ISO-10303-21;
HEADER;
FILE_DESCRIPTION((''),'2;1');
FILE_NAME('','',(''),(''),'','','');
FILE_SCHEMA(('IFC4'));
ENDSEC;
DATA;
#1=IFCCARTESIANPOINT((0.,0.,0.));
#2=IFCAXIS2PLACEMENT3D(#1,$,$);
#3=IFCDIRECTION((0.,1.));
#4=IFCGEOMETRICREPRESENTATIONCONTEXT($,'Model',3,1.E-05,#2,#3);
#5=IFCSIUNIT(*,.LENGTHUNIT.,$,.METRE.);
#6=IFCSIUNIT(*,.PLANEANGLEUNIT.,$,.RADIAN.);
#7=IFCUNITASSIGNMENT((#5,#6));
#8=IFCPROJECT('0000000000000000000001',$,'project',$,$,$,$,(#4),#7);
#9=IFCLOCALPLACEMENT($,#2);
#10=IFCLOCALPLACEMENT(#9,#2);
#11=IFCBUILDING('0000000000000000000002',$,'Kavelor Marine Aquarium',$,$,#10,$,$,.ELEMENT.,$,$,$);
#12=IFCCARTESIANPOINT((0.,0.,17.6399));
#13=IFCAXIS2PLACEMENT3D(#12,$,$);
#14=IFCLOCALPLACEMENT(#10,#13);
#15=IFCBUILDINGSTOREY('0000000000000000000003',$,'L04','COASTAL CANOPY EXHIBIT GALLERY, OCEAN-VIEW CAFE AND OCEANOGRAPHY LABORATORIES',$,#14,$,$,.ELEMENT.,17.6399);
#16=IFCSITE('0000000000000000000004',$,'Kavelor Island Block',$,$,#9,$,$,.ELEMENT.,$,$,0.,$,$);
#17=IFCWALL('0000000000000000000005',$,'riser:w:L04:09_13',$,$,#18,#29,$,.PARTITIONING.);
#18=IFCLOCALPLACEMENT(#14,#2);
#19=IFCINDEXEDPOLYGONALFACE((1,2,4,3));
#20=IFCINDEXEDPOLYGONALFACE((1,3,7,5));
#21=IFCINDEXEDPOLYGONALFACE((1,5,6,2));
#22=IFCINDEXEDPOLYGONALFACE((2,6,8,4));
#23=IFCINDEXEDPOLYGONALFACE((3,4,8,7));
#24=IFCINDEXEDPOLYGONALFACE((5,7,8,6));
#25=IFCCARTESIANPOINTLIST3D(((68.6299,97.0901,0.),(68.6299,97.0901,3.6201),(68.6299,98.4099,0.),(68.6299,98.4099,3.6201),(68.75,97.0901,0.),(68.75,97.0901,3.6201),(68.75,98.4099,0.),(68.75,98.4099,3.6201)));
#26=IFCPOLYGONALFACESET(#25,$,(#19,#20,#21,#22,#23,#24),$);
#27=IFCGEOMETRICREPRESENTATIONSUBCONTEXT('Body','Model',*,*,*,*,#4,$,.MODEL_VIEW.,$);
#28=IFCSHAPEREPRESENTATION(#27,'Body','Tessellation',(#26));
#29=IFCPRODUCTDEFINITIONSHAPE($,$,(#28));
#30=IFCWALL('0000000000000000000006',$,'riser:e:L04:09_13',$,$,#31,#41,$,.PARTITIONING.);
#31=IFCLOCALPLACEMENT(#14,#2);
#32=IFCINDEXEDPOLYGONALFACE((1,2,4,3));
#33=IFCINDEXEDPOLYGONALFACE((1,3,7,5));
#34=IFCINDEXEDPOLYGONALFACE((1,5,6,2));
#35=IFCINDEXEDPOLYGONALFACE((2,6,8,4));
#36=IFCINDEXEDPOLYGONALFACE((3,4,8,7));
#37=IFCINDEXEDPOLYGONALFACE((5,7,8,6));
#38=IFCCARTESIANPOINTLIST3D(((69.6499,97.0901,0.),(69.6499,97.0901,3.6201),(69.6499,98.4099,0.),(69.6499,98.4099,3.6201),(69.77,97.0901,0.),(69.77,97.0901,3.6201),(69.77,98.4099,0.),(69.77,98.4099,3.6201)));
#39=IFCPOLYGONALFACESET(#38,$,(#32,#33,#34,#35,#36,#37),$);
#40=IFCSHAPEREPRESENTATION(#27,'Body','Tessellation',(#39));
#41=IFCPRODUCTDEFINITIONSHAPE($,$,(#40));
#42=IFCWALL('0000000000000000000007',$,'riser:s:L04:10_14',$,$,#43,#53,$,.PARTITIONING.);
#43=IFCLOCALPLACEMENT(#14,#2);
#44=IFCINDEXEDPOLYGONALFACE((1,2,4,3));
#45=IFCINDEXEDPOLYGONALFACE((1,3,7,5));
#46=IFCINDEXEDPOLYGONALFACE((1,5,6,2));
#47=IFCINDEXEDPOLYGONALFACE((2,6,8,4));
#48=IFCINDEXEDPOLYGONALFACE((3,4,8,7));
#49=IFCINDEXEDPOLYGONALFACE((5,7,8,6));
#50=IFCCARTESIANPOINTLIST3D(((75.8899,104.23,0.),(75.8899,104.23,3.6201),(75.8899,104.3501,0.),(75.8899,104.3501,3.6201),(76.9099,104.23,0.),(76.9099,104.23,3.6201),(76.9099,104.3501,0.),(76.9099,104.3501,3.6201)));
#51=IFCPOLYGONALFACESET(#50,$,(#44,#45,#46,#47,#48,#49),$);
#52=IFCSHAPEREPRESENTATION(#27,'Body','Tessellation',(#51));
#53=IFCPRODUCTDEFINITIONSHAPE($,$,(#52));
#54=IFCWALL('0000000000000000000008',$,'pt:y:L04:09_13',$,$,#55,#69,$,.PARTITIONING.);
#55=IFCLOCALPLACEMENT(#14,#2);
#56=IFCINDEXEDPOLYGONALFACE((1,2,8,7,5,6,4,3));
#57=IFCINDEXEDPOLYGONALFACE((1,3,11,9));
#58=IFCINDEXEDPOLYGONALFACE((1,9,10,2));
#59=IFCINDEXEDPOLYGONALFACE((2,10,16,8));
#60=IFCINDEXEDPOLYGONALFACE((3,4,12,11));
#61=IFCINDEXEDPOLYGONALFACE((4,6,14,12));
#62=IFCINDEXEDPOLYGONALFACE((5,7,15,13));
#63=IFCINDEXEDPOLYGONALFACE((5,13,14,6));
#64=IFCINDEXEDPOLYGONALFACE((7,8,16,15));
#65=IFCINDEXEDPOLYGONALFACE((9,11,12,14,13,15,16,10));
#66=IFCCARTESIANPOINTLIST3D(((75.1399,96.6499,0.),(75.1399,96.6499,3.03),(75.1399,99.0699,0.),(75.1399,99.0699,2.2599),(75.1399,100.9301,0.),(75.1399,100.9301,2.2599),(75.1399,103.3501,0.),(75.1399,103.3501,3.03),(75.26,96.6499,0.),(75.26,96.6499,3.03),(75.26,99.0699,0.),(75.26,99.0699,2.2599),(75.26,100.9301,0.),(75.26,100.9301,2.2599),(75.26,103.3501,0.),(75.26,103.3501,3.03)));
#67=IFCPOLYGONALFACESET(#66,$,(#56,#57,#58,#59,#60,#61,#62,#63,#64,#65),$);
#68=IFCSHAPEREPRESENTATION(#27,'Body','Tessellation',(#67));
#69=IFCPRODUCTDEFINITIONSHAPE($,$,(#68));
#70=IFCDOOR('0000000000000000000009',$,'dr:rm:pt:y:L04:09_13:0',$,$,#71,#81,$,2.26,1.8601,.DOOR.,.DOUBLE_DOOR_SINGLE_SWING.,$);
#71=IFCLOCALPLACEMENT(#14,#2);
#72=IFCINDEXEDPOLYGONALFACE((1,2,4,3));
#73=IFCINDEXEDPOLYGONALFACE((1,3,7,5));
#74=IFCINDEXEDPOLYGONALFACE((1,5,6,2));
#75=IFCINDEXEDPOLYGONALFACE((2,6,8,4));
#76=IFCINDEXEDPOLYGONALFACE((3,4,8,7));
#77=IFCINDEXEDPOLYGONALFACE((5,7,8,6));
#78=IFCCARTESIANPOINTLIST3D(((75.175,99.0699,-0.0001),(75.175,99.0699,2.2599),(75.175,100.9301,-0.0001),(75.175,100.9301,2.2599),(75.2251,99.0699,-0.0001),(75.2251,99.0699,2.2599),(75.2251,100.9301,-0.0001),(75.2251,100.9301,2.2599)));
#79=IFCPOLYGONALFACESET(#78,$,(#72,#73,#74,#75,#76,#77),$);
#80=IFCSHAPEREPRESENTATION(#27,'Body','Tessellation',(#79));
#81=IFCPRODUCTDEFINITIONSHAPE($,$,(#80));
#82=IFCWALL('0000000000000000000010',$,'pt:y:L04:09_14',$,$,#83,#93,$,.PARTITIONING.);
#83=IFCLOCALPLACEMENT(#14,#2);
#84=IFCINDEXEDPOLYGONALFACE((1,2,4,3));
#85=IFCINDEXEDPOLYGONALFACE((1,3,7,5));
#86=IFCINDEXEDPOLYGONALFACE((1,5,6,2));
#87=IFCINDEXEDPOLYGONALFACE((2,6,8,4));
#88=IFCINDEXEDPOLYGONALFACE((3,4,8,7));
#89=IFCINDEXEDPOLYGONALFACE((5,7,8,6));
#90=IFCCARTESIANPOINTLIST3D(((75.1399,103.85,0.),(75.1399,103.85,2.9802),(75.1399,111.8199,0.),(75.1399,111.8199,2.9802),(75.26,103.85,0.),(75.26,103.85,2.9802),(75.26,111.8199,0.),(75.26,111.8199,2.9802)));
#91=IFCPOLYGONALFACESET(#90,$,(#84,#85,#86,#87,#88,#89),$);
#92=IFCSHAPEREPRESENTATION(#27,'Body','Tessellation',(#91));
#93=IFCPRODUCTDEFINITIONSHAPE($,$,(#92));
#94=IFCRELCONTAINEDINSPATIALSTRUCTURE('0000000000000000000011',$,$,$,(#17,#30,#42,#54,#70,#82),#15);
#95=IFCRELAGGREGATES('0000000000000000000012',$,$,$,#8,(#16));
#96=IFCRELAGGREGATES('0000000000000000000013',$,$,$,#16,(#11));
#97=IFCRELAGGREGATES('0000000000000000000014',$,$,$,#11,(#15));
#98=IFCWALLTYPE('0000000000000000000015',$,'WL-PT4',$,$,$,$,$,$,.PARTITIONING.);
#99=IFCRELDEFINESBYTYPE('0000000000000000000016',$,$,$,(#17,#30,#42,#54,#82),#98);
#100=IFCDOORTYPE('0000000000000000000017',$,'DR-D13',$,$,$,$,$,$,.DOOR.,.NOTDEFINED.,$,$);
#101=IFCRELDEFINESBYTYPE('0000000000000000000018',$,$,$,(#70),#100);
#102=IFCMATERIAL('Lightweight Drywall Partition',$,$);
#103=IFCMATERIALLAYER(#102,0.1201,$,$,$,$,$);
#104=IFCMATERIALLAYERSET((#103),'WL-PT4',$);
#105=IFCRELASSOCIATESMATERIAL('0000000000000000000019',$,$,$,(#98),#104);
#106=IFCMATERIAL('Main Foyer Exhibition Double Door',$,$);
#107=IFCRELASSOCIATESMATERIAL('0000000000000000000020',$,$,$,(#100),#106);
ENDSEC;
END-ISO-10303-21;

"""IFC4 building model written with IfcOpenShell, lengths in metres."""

from ifc_helpers import new_model, si_unit, direction, frame, frame_2d, origin, place, context, subcontext, project, spatial, rectangle, extrude, material, layer, layer_set, type_object, element, fill, save


model = new_model("IFC4")

# Units and contexts
model_context = context("Model", 3, precision=1e-05, world=origin(), true_north=direction((0.0, 1.0)))
body_context = subcontext(model_context, "Body", "Model", "MODEL_VIEW")
ifc_project = project(units=[si_unit("LENGTHUNIT", "METRE"), si_unit("PLANEANGLEUNIT", "RADIAN")], contexts=[model_context])

# Site, building, storey
site_placement = place(None, origin())
site = spatial("IfcSite", under=ifc_project, at=site_placement, Name="Kavelor Island Block", CompositionType="ELEMENT", RefElevation=0.0)
building_placement = place(site_placement, origin())
building = spatial("IfcBuilding", under=site, at=building_placement, Name="Kavelor Marine Aquarium", CompositionType="ELEMENT")
storey_placement = place(building_placement, frame((0.0, 0.0, 17.6399)))
storey = spatial("IfcBuildingStorey", under=building, at=storey_placement, Name="L04", Description="COASTAL CANOPY EXHIBIT GALLERY, OCEAN-VIEW CAFE AND OCEANOGRAPHY LABORATORIES", CompositionType="ELEMENT", Elevation=17.6399)

# Walls
ifc_material_1 = material(Name="Lightweight Drywall Partition")
ifc_layer_1 = layer(ifc_material_1, 0.1201)
ifc_layer_set_1 = layer_set([ifc_layer_1], Name="WL-PT4")
wall_type_1 = type_object("IfcWallType", Name="WL-PT4", PredefinedType="PARTITIONING", material=ifc_layer_set_1)
for number, where, z_axis, x_axis, name in (
    (1, (68.6899, 97.0901, 0.0), (0.0, 0.0, 1.0), (0.0, 1.0, 0.0), "riser:w:L04:09_13"),
    (2, (69.71, 97.0901, 0.0), (0.0, 0.0, 1.0), (0.0, 1.0, 0.0), "riser:e:L04:09_13"),
):
    element("IfcWall", number, at=place(storey_placement, frame(where, z_axis=z_axis, x_axis=x_axis)), inside=storey, type_object=wall_type_1, Name=name, PredefinedType="PARTITIONING", context=body_context, shape_type="SweptSolid", body=[
        extrude(rectangle(XDim=1.3198, YDim=0.1201, at=frame_2d((0.6599, 0.0))), origin(), (0.0, 0.0, 1.0), 3.6201),
    ])
wall_1_placement = place(storey_placement, frame((75.8899, 104.29, 0.0), z_axis=(0.0, 0.0, 1.0), x_axis=(1.0, 0.0, 0.0)))
element("IfcWall", 3, at=wall_1_placement, inside=storey, type_object=wall_type_1, Name="riser:s:L04:10_14", PredefinedType="PARTITIONING", context=body_context, shape_type="SweptSolid", body=[
    extrude(rectangle(XDim=1.02, YDim=0.1201, at=frame_2d((0.51, 0.0))), origin(), (0.0, 0.0, 1.0), 3.6201),
])

# Wall, opening, door
wall_2_placement = place(storey_placement, frame((75.2, 96.6499, 0.0), z_axis=(0.0, 0.0, 1.0), x_axis=(0.0, 1.0, 0.0)))
wall_2 = element("IfcWall", 4, at=wall_2_placement, inside=storey, type_object=wall_type_1, Name="pt:y:L04:09_13", PredefinedType="PARTITIONING", context=body_context, shape_type="SweptSolid", body=[
    extrude(rectangle(XDim=6.7002, YDim=0.1201, at=frame_2d((3.3501, 0.0))), origin(), (0.0, 0.0, 1.0), 3.03),
])
opening_1_placement = place(wall_2_placement, frame((2.4199, 0.0, 0.0)))
opening_1 = element("IfcOpeningElement", 5, at=opening_1_placement, cuts=wall_2, PredefinedType="OPENING", context=body_context, shape_type="SweptSolid", body=[
    extrude(rectangle(XDim=1.8601, YDim=2.26, at=frame_2d((0.9302, 1.1299))), frame((0.0, 0.0701, 0.0), z_axis=(0.0, -1.0, 0.0), x_axis=(1.0, 0.0, 0.0)), (0.0, 0.0, 1.0), 0.1401),
])
ifc_material_2 = material(Name="Main Foyer Exhibition Double Door")
door_type_1 = type_object("IfcDoorType", Name="DR-D13", OperationType="NOTDEFINED", PredefinedType="DOOR", material=ifc_material_2)
door_1_placement = place(opening_1_placement, origin())
door_1 = element("IfcDoor", 6, at=door_1_placement, inside=storey, type_object=door_type_1, Name="dr:rm:pt:y:L04:09_13:0", OperationType="DOUBLE_DOOR_SINGLE_SWING", OverallHeight=2.26, OverallWidth=1.8601, PredefinedType="DOOR", context=body_context, shape_type="SweptSolid", body=[
    extrude(rectangle(XDim=1.8601, YDim=2.26, at=frame_2d((0.9302, 1.1299))), frame((0.0, 0.0249, 0.0), z_axis=(0.0, -1.0, 0.0), x_axis=(1.0, 0.0, 0.0)), (0.0, 0.0, 1.0), 0.05),
])
fill(opening_1, door_1)

# Wall
wall_3_placement = place(storey_placement, frame((75.2, 103.8501, 0.0), z_axis=(0.0, 0.0, 1.0), x_axis=(0.0, 1.0, 0.0)))
element("IfcWall", 7, at=wall_3_placement, inside=storey, type_object=wall_type_1, Name="pt:y:L04:09_14", PredefinedType="PARTITIONING", context=body_context, shape_type="SweptSolid", body=[
    extrude(rectangle(XDim=7.97, YDim=0.1201, at=frame_2d((3.9849, 0.0))), origin(), (0.0, 0.0, 1.0), 2.9802),
])

save(model, "model.ifc")
